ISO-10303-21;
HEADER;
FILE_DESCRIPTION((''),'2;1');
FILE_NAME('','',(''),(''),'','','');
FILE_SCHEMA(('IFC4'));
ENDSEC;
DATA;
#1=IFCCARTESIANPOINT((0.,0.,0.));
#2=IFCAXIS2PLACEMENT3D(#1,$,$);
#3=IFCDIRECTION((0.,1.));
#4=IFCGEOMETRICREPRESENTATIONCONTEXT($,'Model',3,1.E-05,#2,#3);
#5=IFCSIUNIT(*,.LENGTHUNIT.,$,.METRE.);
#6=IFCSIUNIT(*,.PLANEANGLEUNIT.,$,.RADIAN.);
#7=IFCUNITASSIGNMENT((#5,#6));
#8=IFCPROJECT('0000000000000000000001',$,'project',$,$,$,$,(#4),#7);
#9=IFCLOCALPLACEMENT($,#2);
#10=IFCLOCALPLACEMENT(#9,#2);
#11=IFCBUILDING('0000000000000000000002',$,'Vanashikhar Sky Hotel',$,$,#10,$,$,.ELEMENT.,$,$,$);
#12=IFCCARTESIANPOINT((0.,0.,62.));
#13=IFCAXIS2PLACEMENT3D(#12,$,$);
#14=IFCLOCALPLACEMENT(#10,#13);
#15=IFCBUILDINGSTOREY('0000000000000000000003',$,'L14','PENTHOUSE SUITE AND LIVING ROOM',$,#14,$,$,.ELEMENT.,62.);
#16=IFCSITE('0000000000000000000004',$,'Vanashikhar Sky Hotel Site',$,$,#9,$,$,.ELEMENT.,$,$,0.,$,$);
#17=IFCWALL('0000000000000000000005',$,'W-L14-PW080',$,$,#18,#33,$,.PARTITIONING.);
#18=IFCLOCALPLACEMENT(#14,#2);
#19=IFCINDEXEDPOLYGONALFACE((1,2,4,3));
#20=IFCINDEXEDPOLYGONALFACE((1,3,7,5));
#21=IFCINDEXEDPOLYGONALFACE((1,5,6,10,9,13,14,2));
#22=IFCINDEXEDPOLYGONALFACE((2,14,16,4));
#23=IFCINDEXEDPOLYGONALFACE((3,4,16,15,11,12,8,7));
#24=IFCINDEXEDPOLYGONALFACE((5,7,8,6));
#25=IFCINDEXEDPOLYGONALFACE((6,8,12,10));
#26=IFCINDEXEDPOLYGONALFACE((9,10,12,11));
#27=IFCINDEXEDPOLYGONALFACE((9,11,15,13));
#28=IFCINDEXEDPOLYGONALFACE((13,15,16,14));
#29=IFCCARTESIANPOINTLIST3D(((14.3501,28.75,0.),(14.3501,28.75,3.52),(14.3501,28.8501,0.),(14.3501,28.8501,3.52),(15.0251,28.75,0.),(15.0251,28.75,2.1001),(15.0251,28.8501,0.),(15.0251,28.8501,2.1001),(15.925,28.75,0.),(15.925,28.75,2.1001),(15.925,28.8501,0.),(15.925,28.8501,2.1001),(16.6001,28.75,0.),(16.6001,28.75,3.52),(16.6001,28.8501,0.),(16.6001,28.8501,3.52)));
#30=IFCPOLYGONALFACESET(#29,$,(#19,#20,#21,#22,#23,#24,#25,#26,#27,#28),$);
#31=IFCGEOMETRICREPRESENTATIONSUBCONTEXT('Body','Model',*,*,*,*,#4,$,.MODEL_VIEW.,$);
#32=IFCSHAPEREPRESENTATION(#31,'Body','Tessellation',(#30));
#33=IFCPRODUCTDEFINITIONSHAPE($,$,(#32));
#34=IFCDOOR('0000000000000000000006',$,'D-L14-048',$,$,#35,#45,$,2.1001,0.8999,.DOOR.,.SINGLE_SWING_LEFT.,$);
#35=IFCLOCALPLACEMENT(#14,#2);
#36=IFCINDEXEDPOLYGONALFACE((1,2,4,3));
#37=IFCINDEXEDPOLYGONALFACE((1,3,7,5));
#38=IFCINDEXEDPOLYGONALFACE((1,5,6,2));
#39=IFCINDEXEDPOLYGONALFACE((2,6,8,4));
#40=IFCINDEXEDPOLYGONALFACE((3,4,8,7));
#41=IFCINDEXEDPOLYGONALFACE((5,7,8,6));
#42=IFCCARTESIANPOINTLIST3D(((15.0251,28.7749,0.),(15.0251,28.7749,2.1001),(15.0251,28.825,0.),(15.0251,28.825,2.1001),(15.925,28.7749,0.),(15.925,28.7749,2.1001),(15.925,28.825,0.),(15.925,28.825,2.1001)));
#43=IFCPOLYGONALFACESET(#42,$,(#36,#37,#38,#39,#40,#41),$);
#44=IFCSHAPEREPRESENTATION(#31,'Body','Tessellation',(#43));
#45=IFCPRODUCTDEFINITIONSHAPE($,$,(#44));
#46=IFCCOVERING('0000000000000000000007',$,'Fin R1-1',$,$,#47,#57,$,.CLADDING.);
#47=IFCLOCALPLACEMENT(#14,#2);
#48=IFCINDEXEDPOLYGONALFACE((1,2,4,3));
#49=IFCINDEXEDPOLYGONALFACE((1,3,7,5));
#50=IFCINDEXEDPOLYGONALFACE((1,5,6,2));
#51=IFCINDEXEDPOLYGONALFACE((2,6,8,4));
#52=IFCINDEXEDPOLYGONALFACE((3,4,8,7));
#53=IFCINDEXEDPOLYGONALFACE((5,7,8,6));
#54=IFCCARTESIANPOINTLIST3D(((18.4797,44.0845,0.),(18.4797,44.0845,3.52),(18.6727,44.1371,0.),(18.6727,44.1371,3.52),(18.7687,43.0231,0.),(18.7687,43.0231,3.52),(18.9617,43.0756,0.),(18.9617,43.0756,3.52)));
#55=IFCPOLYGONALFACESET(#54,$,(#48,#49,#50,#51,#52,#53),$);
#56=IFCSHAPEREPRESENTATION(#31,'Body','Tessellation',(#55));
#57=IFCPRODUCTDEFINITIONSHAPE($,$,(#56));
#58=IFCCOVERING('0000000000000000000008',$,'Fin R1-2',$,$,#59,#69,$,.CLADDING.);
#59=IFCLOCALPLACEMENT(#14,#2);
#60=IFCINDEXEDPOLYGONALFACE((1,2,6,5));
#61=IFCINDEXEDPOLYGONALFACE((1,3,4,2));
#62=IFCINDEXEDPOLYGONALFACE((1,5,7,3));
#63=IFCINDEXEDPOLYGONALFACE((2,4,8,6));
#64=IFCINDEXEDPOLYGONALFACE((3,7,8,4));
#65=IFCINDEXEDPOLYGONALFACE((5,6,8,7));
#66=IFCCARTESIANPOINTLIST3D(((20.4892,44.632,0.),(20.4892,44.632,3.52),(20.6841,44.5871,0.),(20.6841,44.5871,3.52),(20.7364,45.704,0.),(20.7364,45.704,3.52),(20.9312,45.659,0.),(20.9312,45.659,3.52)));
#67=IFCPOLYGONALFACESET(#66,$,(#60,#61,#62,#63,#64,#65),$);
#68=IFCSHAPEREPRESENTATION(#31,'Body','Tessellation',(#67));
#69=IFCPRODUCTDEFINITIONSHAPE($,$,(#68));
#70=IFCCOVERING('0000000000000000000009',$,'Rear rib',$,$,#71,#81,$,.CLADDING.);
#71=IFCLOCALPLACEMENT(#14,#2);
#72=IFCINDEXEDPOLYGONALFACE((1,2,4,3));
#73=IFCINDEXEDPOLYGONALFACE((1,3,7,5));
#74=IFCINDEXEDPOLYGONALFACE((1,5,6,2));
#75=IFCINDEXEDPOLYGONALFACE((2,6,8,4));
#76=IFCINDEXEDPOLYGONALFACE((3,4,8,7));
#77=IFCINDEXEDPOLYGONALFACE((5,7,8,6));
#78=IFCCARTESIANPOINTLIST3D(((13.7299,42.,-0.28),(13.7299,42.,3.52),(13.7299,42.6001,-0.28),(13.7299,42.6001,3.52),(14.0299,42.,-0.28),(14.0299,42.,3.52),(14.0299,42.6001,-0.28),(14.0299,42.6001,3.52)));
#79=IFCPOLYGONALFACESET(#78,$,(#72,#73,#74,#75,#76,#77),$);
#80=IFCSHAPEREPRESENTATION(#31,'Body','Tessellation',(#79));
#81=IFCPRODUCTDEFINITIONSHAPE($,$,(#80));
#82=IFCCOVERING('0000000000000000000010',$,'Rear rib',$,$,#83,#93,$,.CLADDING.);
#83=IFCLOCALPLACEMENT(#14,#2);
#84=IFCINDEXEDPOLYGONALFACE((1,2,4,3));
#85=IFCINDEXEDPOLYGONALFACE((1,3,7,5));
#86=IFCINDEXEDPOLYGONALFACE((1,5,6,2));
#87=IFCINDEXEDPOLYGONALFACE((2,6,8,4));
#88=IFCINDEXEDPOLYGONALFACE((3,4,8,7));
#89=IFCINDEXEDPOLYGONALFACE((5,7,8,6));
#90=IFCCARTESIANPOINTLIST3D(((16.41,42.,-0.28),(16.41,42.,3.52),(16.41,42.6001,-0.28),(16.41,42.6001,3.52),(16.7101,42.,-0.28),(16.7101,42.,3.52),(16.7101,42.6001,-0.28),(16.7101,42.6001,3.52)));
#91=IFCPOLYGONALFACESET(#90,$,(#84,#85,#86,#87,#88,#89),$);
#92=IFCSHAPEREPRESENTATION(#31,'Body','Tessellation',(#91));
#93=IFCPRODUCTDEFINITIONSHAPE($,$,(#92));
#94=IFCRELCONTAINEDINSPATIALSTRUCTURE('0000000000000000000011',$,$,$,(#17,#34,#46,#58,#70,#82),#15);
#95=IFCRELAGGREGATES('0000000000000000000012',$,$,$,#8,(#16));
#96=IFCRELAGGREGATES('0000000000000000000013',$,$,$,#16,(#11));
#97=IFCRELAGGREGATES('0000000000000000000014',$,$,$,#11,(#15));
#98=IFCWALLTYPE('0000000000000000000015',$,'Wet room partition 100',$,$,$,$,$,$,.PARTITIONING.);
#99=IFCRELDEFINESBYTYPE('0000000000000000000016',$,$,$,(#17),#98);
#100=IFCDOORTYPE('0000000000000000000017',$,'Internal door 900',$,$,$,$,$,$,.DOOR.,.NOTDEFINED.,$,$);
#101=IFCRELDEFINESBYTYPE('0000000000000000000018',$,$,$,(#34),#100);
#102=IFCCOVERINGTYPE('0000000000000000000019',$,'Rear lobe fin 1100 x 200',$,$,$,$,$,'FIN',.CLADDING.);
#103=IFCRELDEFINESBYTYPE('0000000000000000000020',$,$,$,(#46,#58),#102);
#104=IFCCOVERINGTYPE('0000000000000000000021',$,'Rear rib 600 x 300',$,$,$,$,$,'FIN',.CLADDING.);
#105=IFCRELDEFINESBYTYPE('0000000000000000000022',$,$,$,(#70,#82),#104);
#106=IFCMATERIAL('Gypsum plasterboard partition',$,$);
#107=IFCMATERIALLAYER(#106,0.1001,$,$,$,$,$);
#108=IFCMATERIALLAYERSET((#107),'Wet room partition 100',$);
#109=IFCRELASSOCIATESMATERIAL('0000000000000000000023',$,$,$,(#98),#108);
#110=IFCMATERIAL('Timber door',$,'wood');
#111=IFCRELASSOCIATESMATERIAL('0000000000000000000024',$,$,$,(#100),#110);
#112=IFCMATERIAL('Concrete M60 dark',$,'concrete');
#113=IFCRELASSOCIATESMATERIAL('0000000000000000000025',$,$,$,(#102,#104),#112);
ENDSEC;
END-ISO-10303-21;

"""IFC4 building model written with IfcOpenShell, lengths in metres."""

from ifc_helpers import new_model, si_unit, direction, frame, frame_2d, origin, origin_2d, place, context, subcontext, project, spatial, rectangle, extrude, source, transform, mapped, material, layer, layer_set, material_profile, profile_set, type_object, element, fill, save


model = new_model("IFC4")

# Units and contexts
model_context = context("Model", 3, precision=1e-05, world=origin(), true_north=direction((0.0, 1.0)))
body_context = subcontext(model_context, "Body", "Model", "MODEL_VIEW")
ifc_project = project(units=[si_unit("LENGTHUNIT", "METRE"), si_unit("PLANEANGLEUNIT", "RADIAN")], contexts=[model_context])

# Site, building, storey
site_placement = place(None, origin())
site = spatial("IfcSite", under=ifc_project, at=site_placement, Name="Vanashikhar Sky Hotel Site", CompositionType="ELEMENT", RefElevation=0.0)
building_placement = place(site_placement, origin())
building = spatial("IfcBuilding", under=site, at=building_placement, Name="Vanashikhar Sky Hotel", CompositionType="ELEMENT")
storey_placement = place(building_placement, frame((0.0, 0.0, 62.0)))
storey = spatial("IfcBuildingStorey", under=building, at=storey_placement, Name="L14", Description="PENTHOUSE SUITE AND LIVING ROOM", CompositionType="ELEMENT", Elevation=62.0)

# Wall, opening, door
ifc_material_1 = material(Name="Gypsum plasterboard partition")
ifc_layer_1 = layer(ifc_material_1, 0.1001)
ifc_layer_set_1 = layer_set([ifc_layer_1], Name="Wet room partition 100")
wall_type_1 = type_object("IfcWallType", Name="Wet room partition 100", PredefinedType="PARTITIONING", material=ifc_layer_set_1)
shared_shape_1 = source(origin(), body_context, "Body", "SweptSolid", [
    extrude(rectangle(XDim=2.25, YDim=0.1001, at=frame_2d((1.125, 0.0))), origin(), (0.0, 0.0, 1.0), 3.52),
])
wall_1_placement = place(storey_placement, frame((14.3501, 28.8, 0.0), z_axis=(0.0, 0.0, 1.0), x_axis=(1.0, 0.0, 0.0)))
wall_1 = element("IfcWall", 1, at=wall_1_placement, inside=storey, type_object=wall_type_1, Name="W-L14-PW080", PredefinedType="PARTITIONING", context=body_context, shape_type="MappedRepresentation", body=[
    mapped(shared_shape_1, transform((0.0, 0.0, 0.0), scale=1.0)),
])
shared_shape_2 = source(origin(), body_context, "Body", "SweptSolid", [
    extrude(rectangle(XDim=0.8999, YDim=2.1001, at=frame_2d((0.45, 1.05))), frame((0.0, 0.0601, 0.0), z_axis=(0.0, -1.0, 0.0), x_axis=(1.0, 0.0, 0.0)), (0.0, 0.0, 1.0), 0.1201),
])
opening_1_placement = place(wall_1_placement, frame((0.675, 0.0, 0.0)))
opening_1 = element("IfcOpeningElement", 2, at=opening_1_placement, cuts=wall_1, PredefinedType="OPENING", context=body_context, shape_type="MappedRepresentation", body=[
    mapped(shared_shape_2, transform((0.0, 0.0, 0.0), scale=1.0)),
])
ifc_material_2 = material(Name="Timber door", Category="wood")
door_type_1 = type_object("IfcDoorType", Name="Internal door 900", OperationType="NOTDEFINED", PredefinedType="DOOR", material=ifc_material_2)
shared_shape_3 = source(origin(), body_context, "Body", "SweptSolid", [
    extrude(rectangle(XDim=0.8999, YDim=2.1001, at=frame_2d((0.45, 1.05))), frame((0.0, 0.0249, 0.0), z_axis=(0.0, -1.0, 0.0), x_axis=(1.0, 0.0, 0.0)), (0.0, 0.0, 1.0), 0.05),
])
door_1_placement = place(opening_1_placement, origin())
door_1 = element("IfcDoor", 3, at=door_1_placement, inside=storey, type_object=door_type_1, Name="D-L14-048", OperationType="SINGLE_SWING_LEFT", OverallHeight=2.1001, OverallWidth=0.8999, PredefinedType="DOOR", context=body_context, shape_type="MappedRepresentation", body=[
    mapped(shared_shape_3, transform((0.0, 0.0, 0.0), scale=1.0)),
])
fill(opening_1, door_1)

# Coverings
ifc_material_3 = material(Name="Concrete M60 dark", Category="concrete")
ifc_material_profile_1 = material_profile(ifc_material_3, rectangle(XDim=1.1001, YDim=0.2, at=origin_2d()))
ifc_profile_set_1 = profile_set([ifc_material_profile_1], Name="Rear lobe fin 1100 x 200")
covering_type_1 = type_object("IfcCoveringType", Name="Rear lobe fin 1100 x 200", ElementType="FIN", PredefinedType="CLADDING", material=ifc_profile_set_1)
shared_shape_4 = source(origin(), body_context, "Body", "SweptSolid", [
    extrude(rectangle(XDim=1.1001, YDim=0.2, at=origin_2d()), origin(), (0.0, 0.0, 1.0), 3.52),
])
for number, where, z_axis, x_axis, name in (
    (4, (18.7207, 43.5801, 0.0), (0.0, 0.0, 1.0), (-0.262711, 0.964874, 0.0), "Fin R1-1"),
    (5, (20.7102, 45.1455, 0.0), (0.0, 0.0, 1.0), (0.224645, 0.974441, 0.0), "Fin R1-2"),
):
    element("IfcCovering", number, at=place(storey_placement, frame(where, z_axis=z_axis, x_axis=x_axis)), inside=storey, type_object=covering_type_1, Name=name, PredefinedType="CLADDING", context=body_context, shape_type="MappedRepresentation", body=[
        mapped(shared_shape_4, transform((0.0, 0.0, 0.0), scale=1.0)),
    ])
ifc_material_profile_2 = material_profile(ifc_material_3, rectangle(XDim=0.6001, YDim=0.3, at=origin_2d()))
ifc_profile_set_2 = profile_set([ifc_material_profile_2], Name="Rear rib 600 x 300")
covering_type_2 = type_object("IfcCoveringType", Name="Rear rib 600 x 300", ElementType="FIN", PredefinedType="CLADDING", material=ifc_profile_set_2)
shared_shape_5 = source(origin(), body_context, "Body", "SweptSolid", [
    extrude(rectangle(XDim=0.6001, YDim=0.3, at=origin_2d()), origin(), (0.0, 0.0, 1.0), 3.8),
])
for number, where, z_axis, x_axis, name in (
    (6, (13.8799, 42.3, -0.28), (0.0, 0.0, 1.0), (0.0, 1.0, 0.0), "Rear rib"),
    (7, (16.5601, 42.3, -0.28), (0.0, 0.0, 1.0), (0.0, 1.0, 0.0), "Rear rib"),
):
    element("IfcCovering", number, at=place(storey_placement, frame(where, z_axis=z_axis, x_axis=x_axis)), inside=storey, type_object=covering_type_2, Name=name, PredefinedType="CLADDING", context=body_context, shape_type="MappedRepresentation", body=[
        mapped(shared_shape_5, transform((0.0, 0.0, 0.0), scale=1.0)),
    ])

save(model, "model.ifc")
